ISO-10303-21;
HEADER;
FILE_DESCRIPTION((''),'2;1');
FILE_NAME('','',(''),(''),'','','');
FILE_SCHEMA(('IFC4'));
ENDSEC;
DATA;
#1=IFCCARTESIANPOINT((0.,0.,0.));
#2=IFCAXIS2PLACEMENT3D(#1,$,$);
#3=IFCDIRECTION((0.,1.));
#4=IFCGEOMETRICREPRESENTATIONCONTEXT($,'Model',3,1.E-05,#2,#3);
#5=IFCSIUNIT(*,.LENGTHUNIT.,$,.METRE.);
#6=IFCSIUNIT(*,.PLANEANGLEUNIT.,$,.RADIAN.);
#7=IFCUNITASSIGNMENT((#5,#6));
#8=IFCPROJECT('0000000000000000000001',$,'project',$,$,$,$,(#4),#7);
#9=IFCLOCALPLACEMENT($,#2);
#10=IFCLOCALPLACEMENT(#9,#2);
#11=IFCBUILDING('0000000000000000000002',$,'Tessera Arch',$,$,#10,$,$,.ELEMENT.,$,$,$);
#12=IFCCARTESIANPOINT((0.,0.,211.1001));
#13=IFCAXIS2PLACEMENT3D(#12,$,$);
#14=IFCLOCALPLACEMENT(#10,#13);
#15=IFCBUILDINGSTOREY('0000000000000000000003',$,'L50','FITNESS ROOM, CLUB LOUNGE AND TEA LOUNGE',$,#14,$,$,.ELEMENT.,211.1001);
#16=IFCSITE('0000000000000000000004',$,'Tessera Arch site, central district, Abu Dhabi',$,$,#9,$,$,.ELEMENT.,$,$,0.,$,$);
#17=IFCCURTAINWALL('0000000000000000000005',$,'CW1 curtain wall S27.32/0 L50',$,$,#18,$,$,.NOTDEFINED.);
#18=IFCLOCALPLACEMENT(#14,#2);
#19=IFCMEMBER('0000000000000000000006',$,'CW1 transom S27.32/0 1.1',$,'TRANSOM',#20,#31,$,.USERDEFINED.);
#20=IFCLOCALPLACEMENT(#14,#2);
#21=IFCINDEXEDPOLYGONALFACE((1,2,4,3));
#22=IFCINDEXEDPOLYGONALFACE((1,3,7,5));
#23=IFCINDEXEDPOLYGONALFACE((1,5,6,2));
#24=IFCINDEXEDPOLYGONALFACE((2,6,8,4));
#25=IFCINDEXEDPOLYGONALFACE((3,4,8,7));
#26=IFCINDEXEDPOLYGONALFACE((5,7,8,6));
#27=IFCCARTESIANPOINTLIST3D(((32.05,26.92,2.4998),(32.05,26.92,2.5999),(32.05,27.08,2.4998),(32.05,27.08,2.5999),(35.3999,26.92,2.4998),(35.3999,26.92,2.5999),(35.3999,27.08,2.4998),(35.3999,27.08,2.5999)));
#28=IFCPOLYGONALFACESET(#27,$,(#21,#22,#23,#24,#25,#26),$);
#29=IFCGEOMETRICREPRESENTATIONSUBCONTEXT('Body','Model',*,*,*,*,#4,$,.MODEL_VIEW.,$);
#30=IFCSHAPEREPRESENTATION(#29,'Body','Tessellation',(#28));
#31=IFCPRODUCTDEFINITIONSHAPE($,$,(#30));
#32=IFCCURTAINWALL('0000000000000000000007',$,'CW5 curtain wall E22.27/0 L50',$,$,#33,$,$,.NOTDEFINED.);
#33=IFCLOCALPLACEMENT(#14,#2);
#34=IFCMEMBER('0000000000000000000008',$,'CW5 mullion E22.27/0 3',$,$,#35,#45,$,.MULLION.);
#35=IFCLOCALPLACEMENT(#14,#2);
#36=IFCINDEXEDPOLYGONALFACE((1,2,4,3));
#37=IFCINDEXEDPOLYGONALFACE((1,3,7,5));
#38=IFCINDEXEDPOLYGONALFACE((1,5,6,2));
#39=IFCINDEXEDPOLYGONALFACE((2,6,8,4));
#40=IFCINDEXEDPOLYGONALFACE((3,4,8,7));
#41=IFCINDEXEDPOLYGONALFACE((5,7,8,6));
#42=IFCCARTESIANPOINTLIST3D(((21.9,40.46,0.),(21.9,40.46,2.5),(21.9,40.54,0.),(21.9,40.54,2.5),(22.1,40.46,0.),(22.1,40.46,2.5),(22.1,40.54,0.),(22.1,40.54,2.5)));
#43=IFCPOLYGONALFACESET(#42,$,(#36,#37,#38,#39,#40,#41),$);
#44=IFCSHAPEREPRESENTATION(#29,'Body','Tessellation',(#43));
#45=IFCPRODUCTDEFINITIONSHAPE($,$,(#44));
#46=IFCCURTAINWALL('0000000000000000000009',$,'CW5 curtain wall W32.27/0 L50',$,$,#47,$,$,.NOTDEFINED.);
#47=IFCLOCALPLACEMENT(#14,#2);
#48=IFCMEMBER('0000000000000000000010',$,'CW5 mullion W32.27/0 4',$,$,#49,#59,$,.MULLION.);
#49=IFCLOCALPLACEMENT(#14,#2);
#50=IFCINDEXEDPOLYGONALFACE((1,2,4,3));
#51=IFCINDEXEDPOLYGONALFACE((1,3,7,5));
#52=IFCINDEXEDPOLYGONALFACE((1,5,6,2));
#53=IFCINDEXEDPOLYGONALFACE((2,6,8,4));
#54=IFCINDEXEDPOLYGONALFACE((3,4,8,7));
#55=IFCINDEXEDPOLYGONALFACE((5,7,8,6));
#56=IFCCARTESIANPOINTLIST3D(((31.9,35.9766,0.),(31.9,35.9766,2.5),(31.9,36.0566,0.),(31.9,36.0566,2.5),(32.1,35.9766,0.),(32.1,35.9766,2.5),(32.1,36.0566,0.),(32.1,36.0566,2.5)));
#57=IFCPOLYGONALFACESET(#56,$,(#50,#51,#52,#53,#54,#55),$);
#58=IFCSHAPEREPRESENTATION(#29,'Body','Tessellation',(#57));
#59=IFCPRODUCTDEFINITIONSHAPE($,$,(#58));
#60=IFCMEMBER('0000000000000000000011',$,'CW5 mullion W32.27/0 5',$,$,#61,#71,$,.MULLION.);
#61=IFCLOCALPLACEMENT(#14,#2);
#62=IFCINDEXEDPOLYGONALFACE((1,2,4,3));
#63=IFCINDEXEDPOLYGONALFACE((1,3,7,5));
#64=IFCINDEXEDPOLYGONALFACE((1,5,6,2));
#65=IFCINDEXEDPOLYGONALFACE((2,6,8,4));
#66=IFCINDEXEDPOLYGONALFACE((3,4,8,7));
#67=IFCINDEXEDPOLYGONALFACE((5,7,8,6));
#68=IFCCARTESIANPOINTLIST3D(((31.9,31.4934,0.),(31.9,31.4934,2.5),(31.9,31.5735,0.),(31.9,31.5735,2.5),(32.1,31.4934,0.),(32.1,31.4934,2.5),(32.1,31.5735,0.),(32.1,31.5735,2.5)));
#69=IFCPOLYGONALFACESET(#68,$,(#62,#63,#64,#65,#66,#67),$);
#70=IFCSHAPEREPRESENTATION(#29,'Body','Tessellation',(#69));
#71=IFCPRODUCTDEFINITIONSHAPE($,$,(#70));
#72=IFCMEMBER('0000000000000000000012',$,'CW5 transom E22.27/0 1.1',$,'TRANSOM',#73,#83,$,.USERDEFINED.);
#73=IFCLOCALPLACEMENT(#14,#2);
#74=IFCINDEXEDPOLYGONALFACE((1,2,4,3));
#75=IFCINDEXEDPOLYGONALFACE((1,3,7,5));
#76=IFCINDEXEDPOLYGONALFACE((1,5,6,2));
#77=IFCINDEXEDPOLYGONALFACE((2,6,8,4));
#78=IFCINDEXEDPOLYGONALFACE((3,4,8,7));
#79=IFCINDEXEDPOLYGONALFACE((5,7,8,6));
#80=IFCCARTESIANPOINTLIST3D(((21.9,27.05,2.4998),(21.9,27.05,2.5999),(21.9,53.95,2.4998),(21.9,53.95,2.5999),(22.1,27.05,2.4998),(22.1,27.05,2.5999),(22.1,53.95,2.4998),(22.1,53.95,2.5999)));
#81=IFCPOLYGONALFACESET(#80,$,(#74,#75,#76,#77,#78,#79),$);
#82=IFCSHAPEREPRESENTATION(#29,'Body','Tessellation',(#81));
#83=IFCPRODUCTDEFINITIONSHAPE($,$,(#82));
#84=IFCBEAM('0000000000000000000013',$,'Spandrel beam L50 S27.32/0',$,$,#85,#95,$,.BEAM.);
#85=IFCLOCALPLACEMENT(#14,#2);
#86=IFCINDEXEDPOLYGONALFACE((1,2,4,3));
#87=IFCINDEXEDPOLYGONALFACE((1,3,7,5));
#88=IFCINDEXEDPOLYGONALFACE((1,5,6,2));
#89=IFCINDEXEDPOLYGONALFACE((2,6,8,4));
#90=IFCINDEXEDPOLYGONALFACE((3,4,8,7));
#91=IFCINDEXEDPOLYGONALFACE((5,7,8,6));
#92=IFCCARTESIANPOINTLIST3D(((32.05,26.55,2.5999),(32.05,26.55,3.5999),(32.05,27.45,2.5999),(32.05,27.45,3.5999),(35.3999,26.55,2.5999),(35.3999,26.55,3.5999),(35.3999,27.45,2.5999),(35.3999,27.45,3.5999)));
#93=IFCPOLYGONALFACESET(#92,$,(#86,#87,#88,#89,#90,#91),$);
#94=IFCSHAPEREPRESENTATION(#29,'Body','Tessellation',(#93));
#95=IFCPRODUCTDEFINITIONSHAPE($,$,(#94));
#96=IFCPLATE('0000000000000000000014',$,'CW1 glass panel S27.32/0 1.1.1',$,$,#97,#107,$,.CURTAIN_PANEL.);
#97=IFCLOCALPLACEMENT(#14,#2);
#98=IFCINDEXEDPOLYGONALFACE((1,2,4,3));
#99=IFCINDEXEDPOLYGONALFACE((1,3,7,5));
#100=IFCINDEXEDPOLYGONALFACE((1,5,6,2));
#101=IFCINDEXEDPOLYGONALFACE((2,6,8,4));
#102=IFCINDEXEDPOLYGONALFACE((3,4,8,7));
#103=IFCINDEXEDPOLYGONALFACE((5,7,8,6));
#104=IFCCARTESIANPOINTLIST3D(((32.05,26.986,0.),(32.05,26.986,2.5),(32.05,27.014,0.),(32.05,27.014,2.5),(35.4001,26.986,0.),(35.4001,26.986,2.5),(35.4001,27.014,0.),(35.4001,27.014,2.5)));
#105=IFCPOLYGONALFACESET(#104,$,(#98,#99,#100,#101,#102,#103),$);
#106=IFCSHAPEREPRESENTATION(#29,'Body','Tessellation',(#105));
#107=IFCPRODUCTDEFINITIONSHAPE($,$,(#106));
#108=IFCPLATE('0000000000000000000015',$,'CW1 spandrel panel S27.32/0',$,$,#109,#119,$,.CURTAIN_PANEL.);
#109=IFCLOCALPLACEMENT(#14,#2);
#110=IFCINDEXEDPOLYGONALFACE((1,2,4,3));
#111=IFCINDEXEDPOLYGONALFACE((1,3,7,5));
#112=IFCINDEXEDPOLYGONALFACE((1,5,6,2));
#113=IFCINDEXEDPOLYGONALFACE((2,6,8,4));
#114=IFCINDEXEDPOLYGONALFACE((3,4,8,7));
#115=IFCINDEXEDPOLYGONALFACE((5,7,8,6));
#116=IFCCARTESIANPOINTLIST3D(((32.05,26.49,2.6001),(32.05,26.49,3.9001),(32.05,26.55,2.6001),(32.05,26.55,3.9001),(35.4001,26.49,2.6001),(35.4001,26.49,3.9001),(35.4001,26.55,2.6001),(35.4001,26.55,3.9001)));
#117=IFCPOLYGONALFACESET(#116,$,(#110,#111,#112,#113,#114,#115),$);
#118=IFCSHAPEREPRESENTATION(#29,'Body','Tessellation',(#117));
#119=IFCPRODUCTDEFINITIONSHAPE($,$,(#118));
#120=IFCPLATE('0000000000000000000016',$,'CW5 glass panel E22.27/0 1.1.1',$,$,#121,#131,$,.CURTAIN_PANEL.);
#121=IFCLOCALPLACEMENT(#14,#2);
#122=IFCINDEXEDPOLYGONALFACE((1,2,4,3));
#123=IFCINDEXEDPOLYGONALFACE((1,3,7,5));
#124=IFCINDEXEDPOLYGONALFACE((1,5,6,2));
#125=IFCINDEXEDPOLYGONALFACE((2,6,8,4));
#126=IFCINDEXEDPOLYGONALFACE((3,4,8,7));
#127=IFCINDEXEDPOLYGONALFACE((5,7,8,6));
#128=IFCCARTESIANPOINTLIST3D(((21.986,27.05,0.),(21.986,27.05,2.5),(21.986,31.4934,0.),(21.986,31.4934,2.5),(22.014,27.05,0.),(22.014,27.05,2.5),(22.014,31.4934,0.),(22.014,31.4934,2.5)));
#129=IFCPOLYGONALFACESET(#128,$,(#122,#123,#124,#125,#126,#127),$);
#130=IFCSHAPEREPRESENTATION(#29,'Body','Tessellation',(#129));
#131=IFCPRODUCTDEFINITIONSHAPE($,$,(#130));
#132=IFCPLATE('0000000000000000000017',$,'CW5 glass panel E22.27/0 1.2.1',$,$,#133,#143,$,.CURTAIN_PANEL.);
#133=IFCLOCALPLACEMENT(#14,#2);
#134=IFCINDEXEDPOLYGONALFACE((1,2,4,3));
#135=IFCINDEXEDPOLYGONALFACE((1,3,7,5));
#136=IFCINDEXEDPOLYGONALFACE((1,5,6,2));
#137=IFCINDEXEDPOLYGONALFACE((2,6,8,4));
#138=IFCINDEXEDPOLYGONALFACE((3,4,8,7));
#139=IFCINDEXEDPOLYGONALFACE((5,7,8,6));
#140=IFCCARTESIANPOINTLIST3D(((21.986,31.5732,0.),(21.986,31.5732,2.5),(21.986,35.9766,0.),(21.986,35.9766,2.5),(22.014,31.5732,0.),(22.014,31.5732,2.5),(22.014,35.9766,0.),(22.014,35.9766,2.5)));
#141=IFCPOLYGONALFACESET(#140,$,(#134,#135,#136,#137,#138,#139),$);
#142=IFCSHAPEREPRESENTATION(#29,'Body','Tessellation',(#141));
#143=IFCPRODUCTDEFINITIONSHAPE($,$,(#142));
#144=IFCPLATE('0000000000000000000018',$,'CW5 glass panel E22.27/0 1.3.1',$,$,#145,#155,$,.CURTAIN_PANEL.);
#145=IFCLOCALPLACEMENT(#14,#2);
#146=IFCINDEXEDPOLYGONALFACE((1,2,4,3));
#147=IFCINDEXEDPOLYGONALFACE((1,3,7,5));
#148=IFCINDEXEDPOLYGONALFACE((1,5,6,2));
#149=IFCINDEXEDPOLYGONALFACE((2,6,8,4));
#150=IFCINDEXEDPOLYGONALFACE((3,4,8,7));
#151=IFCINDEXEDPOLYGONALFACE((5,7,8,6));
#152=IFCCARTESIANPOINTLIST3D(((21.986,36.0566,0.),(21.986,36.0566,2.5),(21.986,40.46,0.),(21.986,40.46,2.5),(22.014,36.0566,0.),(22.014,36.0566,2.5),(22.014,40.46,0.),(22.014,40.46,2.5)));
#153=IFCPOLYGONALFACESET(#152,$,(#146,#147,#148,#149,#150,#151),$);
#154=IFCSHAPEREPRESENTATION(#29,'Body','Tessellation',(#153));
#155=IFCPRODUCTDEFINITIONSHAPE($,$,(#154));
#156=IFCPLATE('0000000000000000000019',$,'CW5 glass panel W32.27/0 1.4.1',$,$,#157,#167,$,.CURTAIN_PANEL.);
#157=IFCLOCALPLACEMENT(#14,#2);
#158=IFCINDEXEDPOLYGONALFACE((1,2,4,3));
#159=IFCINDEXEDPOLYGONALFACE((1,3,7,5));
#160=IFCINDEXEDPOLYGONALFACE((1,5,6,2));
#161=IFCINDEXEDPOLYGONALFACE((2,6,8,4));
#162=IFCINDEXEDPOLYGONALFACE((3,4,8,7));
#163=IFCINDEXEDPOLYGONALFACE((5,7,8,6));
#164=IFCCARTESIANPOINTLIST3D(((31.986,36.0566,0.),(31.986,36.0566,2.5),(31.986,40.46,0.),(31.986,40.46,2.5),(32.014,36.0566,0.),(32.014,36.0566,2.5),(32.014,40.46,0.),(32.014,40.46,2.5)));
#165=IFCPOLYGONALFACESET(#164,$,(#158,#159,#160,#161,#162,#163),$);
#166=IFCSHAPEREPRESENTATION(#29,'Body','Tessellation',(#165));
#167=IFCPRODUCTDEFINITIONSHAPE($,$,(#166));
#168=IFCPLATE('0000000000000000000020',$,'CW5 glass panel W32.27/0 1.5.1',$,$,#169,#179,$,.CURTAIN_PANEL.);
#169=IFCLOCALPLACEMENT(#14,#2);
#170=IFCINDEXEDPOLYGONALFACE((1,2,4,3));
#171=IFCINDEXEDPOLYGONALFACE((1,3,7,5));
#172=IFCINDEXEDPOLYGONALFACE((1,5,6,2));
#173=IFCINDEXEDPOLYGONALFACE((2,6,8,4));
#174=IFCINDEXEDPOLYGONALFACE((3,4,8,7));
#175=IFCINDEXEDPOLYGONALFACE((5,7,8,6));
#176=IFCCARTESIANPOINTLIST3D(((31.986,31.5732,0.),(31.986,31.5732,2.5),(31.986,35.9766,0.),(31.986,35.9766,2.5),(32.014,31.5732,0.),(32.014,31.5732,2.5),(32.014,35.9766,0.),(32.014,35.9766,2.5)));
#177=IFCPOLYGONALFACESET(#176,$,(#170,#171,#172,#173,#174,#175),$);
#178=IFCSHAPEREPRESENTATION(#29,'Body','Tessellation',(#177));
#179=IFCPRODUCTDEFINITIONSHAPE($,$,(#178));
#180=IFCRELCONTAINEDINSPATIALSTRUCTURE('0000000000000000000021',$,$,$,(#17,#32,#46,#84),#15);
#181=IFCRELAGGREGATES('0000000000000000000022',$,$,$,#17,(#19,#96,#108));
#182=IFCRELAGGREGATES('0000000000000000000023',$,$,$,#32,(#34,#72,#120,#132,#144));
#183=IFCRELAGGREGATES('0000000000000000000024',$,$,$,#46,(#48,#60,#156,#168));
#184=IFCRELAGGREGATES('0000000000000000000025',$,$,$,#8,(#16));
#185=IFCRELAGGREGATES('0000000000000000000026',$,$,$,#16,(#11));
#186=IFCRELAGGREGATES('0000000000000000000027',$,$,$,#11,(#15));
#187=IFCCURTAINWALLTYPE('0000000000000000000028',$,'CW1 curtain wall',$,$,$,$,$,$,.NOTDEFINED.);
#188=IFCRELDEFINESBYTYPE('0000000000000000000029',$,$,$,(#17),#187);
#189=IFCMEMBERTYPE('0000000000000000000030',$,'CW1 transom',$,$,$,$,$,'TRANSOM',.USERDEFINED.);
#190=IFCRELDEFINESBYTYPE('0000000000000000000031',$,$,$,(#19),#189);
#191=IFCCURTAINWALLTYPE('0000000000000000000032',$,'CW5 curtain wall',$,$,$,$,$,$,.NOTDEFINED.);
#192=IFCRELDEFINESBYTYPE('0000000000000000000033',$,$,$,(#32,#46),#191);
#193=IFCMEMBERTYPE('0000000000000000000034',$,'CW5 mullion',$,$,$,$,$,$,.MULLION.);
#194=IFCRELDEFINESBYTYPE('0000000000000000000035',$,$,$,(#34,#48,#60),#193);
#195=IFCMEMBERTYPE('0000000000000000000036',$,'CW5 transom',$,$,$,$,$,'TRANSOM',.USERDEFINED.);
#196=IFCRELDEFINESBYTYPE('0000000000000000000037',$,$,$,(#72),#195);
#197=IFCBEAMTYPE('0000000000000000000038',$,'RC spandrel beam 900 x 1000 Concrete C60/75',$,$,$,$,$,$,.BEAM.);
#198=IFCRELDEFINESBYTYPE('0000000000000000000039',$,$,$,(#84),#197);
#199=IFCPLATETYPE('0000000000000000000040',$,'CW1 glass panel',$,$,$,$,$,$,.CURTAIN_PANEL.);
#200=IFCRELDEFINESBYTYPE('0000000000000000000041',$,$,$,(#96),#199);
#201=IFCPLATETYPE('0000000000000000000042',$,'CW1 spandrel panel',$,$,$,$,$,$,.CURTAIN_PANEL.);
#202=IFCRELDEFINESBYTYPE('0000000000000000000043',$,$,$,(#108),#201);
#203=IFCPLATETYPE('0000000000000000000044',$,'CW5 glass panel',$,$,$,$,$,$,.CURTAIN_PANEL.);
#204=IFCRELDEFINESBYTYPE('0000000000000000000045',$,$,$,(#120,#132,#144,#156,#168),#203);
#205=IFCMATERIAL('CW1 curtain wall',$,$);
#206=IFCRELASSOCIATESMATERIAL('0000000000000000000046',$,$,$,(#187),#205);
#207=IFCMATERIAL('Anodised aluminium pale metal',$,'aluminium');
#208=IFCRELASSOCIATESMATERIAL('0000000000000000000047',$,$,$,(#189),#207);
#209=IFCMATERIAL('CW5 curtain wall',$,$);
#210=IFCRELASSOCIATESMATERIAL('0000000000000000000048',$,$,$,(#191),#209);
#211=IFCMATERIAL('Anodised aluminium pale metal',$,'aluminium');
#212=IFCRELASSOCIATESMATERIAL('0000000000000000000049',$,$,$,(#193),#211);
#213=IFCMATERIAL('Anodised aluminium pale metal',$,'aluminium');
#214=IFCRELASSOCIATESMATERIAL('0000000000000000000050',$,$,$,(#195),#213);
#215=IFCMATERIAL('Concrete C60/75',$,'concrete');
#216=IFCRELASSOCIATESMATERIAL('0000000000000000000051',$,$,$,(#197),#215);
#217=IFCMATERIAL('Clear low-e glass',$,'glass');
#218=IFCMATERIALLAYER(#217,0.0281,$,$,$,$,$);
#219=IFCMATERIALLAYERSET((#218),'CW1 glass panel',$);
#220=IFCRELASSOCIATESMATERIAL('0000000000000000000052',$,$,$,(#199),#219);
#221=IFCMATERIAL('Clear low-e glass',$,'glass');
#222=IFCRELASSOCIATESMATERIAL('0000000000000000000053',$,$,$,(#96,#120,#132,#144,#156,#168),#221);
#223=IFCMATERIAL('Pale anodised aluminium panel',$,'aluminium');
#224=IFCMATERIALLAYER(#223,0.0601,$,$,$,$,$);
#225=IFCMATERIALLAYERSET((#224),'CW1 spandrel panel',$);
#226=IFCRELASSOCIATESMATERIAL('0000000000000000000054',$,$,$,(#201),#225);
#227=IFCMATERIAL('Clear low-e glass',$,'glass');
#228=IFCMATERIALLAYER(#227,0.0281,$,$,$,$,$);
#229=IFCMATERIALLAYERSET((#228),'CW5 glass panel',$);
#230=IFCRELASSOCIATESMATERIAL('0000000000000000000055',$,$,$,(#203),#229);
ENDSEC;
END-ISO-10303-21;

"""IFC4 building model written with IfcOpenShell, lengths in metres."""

from ifc_helpers import new_model, si_unit, direction, frame, origin, origin_2d, place, context, subcontext, project, spatial, rectangle, extrude, material, layer, layer_set, material_profile, profile_set, type_object, element, aggregate, save


model = new_model("IFC4")

# Units and contexts
model_context = context("Model", 3, precision=1e-05, world=origin(), true_north=direction((0.0, 1.0)))
body_context = subcontext(model_context, "Body", "Model", "MODEL_VIEW")
ifc_project = project(units=[si_unit("LENGTHUNIT", "METRE"), si_unit("PLANEANGLEUNIT", "RADIAN")], contexts=[model_context])

# Site, building, storey
site_placement = place(None, origin())
site = spatial("IfcSite", under=ifc_project, at=site_placement, Name="Tessera Arch site, central district, Abu Dhabi", CompositionType="ELEMENT", RefElevation=0.0)
building_placement = place(site_placement, origin())
building = spatial("IfcBuilding", under=site, at=building_placement, Name="Tessera Arch", CompositionType="ELEMENT")
storey_placement = place(building_placement, frame((0.0, 0.0, 211.1001)))
storey = spatial("IfcBuildingStorey", under=building, at=storey_placement, Name="L50", Description="FITNESS ROOM, CLUB LOUNGE AND TEA LOUNGE", CompositionType="ELEMENT", Elevation=211.1001)

# Curtain walls, members
ifc_material_1 = material(Name="CW1 curtain wall")
curtain_wall_type_1 = type_object("IfcCurtainWallType", Name="CW1 curtain wall", PredefinedType="NOTDEFINED", material=ifc_material_1)
curtain_wall_1_placement = place(storey_placement, origin())
curtain_wall_1 = element("IfcCurtainWall", 1, at=curtain_wall_1_placement, inside=storey, type_object=curtain_wall_type_1, Name="CW1 curtain wall S27.32/0 L50", PredefinedType="NOTDEFINED")
ifc_material_2 = material(Name="Anodised aluminium pale metal", Category="aluminium")
ifc_material_profile_1 = material_profile(ifc_material_2, rectangle(XDim=0.1599, YDim=0.1001, at=origin_2d()), Name="AL 160x100")
ifc_profile_set_1 = profile_set([ifc_material_profile_1], Name="Anodised aluminium pale metal")
member_type_1 = type_object("IfcMemberType", Name="CW1 transom", ElementType="TRANSOM", PredefinedType="USERDEFINED", material=ifc_profile_set_1)
member_1_placement = place(storey_placement, frame((32.05, 27.0, 2.5498), z_axis=(1.0, 0.0, 0.0), x_axis=(0.0, 1.0, 0.0)))
member_1 = element("IfcMember", 2, at=member_1_placement, type_object=member_type_1, Name="CW1 transom S27.32/0 1.1", ObjectType="TRANSOM", PredefinedType="USERDEFINED", context=body_context, shape_type="SweptSolid", body=[
    extrude(rectangle(XDim=0.1599, YDim=0.1001, at=origin_2d()), origin(), (0.0, 0.0, 1.0), 3.3499),
])
ifc_material_3 = material(Name="CW5 curtain wall")
curtain_wall_type_2 = type_object("IfcCurtainWallType", Name="CW5 curtain wall", PredefinedType="NOTDEFINED", material=ifc_material_3)
curtain_wall_2_placement = place(storey_placement, origin())
curtain_wall_2 = element("IfcCurtainWall", 3, at=curtain_wall_2_placement, inside=storey, type_object=curtain_wall_type_2, Name="CW5 curtain wall E22.27/0 L50", PredefinedType="NOTDEFINED")
ifc_material_4 = material(Name="Anodised aluminium pale metal", Category="aluminium")
ifc_material_profile_2 = material_profile(ifc_material_4, rectangle(XDim=0.2, YDim=0.0801, at=origin_2d()), Name="AL 80x200")
ifc_profile_set_2 = profile_set([ifc_material_profile_2], Name="Anodised aluminium pale metal")
member_type_2 = type_object("IfcMemberType", Name="CW5 mullion", PredefinedType="MULLION", material=ifc_profile_set_2)
member_2_placement = place(storey_placement, frame((22.0, 40.5, 0.0), z_axis=(0.0, 0.0, 1.0), x_axis=(-1.0, 0.0, 0.0)))
member_2 = element("IfcMember", 4, at=member_2_placement, type_object=member_type_2, Name="CW5 mullion E22.27/0 3", PredefinedType="MULLION", context=body_context, shape_type="SweptSolid", body=[
    extrude(rectangle(XDim=0.2, YDim=0.0801, at=origin_2d()), origin(), (0.0, 0.0, 1.0), 2.5),
])

# Curtain wall, members
curtain_wall_3_placement = place(storey_placement, origin())
curtain_wall_3 = element("IfcCurtainWall", 5, at=curtain_wall_3_placement, inside=storey, type_object=curtain_wall_type_2, Name="CW5 curtain wall W32.27/0 L50", PredefinedType="NOTDEFINED")
member_3_placement = place(storey_placement, frame((32.0, 36.0166, 0.0), z_axis=(0.0, 0.0, 1.0), x_axis=(1.0, 0.0, 0.0)))
member_3 = element("IfcMember", 6, at=member_3_placement, type_object=member_type_2, Name="CW5 mullion W32.27/0 4", PredefinedType="MULLION", context=body_context, shape_type="SweptSolid", body=[
    extrude(rectangle(XDim=0.2, YDim=0.0801, at=origin_2d()), origin(), (0.0, 0.0, 1.0), 2.5),
])
member_4_placement = place(storey_placement, frame((32.0, 31.5334, 0.0), z_axis=(0.0, 0.0, 1.0), x_axis=(1.0, 0.0, 0.0)))
member_4 = element("IfcMember", 7, at=member_4_placement, type_object=member_type_2, Name="CW5 mullion W32.27/0 5", PredefinedType="MULLION", context=body_context, shape_type="SweptSolid", body=[
    extrude(rectangle(XDim=0.2, YDim=0.0801, at=origin_2d()), origin(), (0.0, 0.0, 1.0), 2.5),
])

# Member
ifc_material_5 = material(Name="Anodised aluminium pale metal", Category="aluminium")
ifc_material_profile_3 = material_profile(ifc_material_5, rectangle(XDim=0.2, YDim=0.1001, at=origin_2d()), Name="AL 200x100")
ifc_profile_set_3 = profile_set([ifc_material_profile_3], Name="Anodised aluminium pale metal")
member_type_3 = type_object("IfcMemberType", Name="CW5 transom", ElementType="TRANSOM", PredefinedType="USERDEFINED", material=ifc_profile_set_3)
member_5_placement = place(storey_placement, frame((22.0, 27.05, 2.5498), z_axis=(0.0, 1.0, 0.0), x_axis=(-1.0, 0.0, 0.0)))
member_5 = element("IfcMember", 8, at=member_5_placement, type_object=member_type_3, Name="CW5 transom E22.27/0 1.1", ObjectType="TRANSOM", PredefinedType="USERDEFINED", context=body_context, shape_type="SweptSolid", body=[
    extrude(rectangle(XDim=0.2, YDim=0.1001, at=origin_2d()), origin(), (0.0, 0.0, 1.0), 26.8999),
])

# Beam
ifc_material_6 = material(Name="Concrete C60/75", Category="concrete")
ifc_material_profile_4 = material_profile(ifc_material_6, rectangle(XDim=0.8999, YDim=1.0, at=origin_2d()), Name="RC spandrel beam 900 x 1000 Concrete C60/75")
ifc_profile_set_4 = profile_set([ifc_material_profile_4], Name="Concrete C60/75")
beam_type = type_object("IfcBeamType", Name="RC spandrel beam 900 x 1000 Concrete C60/75", PredefinedType="BEAM", material=ifc_profile_set_4)
beam_placement = place(storey_placement, frame((32.05, 27.0, 3.0999), z_axis=(1.0, 0.0, 0.0), x_axis=(0.0, 1.0, 0.0)))
element("IfcBeam", 9, at=beam_placement, inside=storey, type_object=beam_type, Name="Spandrel beam L50 S27.32/0", PredefinedType="BEAM", context=body_context, shape_type="SweptSolid", body=[
    extrude(rectangle(XDim=0.8999, YDim=1.0, at=origin_2d()), origin(), (0.0, 0.0, 1.0), 3.3499),
])

# Plates
ifc_material_7 = material(Name="Clear low-e glass", Category="glass")
ifc_material_8 = material(Name="Clear low-e glass", Category="glass")
ifc_layer_1 = layer(ifc_material_8, 0.0281)
ifc_layer_set_1 = layer_set([ifc_layer_1], Name="CW1 glass panel")
plate_type_1 = type_object("IfcPlateType", Name="CW1 glass panel", PredefinedType="CURTAIN_PANEL", material=ifc_layer_set_1)
plate_1_placement = place(storey_placement, frame((33.7251, 27.0, 0.0), z_axis=(0.0, 0.0, 1.0), x_axis=(1.0, 0.0, 0.0)))
plate_1 = element("IfcPlate", 10, at=plate_1_placement, type_object=plate_type_1, material=ifc_material_7, Name="CW1 glass panel S27.32/0 1.1.1", PredefinedType="CURTAIN_PANEL", context=body_context, shape_type="SweptSolid", body=[
    extrude(rectangle(XDim=3.3501, YDim=0.0281, at=origin_2d()), origin(), (0.0, 0.0, 1.0), 2.5),
])
ifc_material_9 = material(Name="Pale anodised aluminium panel", Category="aluminium")
ifc_layer_2 = layer(ifc_material_9, 0.0601)
ifc_layer_set_2 = layer_set([ifc_layer_2], Name="CW1 spandrel panel")
plate_type_2 = type_object("IfcPlateType", Name="CW1 spandrel panel", PredefinedType="CURTAIN_PANEL", material=ifc_layer_set_2)
plate_2_placement = place(storey_placement, frame((33.7251, 26.52, 2.6001), z_axis=(0.0, 0.0, 1.0), x_axis=(1.0, 0.0, 0.0)))
plate_2 = element("IfcPlate", 11, at=plate_2_placement, type_object=plate_type_2, Name="CW1 spandrel panel S27.32/0", PredefinedType="CURTAIN_PANEL", context=body_context, shape_type="SweptSolid", body=[
    extrude(rectangle(XDim=3.3501, YDim=0.0601, at=origin_2d()), origin(), (0.0, 0.0, 1.0), 1.3),
])
aggregate(curtain_wall_1, [member_1, plate_1, plate_2])
ifc_material_10 = material(Name="Clear low-e glass", Category="glass")
ifc_layer_3 = layer(ifc_material_10, 0.0281)
ifc_layer_set_3 = layer_set([ifc_layer_3], Name="CW5 glass panel")
plate_type_3 = type_object("IfcPlateType", Name="CW5 glass panel", PredefinedType="CURTAIN_PANEL", material=ifc_layer_set_3)
plate_3_placement = place(storey_placement, frame((22.0, 29.2717, 0.0), z_axis=(0.0, 0.0, 1.0), x_axis=(0.0, 1.0, 0.0)))
plate_3 = element("IfcPlate", 12, at=plate_3_placement, type_object=plate_type_3, material=ifc_material_7, Name="CW5 glass panel E22.27/0 1.1.1", PredefinedType="CURTAIN_PANEL", context=body_context, shape_type="SweptSolid", body=[
    extrude(rectangle(XDim=4.4434, YDim=0.0281, at=origin_2d()), origin(), (0.0, 0.0, 1.0), 2.5),
])
plate_4_placement = place(storey_placement, frame((22.0, 33.7749, 0.0), z_axis=(0.0, 0.0, 1.0), x_axis=(0.0, 1.0, 0.0)))
plate_4 = element("IfcPlate", 13, at=plate_4_placement, type_object=plate_type_3, material=ifc_material_7, Name="CW5 glass panel E22.27/0 1.2.1", PredefinedType="CURTAIN_PANEL", context=body_context, shape_type="SweptSolid", body=[
    extrude(rectangle(XDim=4.4033, YDim=0.0281, at=origin_2d()), origin(), (0.0, 0.0, 1.0), 2.5),
])
plate_5_placement = place(storey_placement, frame((22.0, 38.2583, 0.0), z_axis=(0.0, 0.0, 1.0), x_axis=(0.0, 1.0, 0.0)))
plate_5 = element("IfcPlate", 14, at=plate_5_placement, type_object=plate_type_3, material=ifc_material_7, Name="CW5 glass panel E22.27/0 1.3.1", PredefinedType="CURTAIN_PANEL", context=body_context, shape_type="SweptSolid", body=[
    extrude(rectangle(XDim=4.4033, YDim=0.0281, at=origin_2d()), origin(), (0.0, 0.0, 1.0), 2.5),
])
aggregate(curtain_wall_2, [member_2, member_5, plate_3, plate_4, plate_5])
plate_6_placement = place(storey_placement, frame((32.0, 38.2583, 0.0), z_axis=(0.0, 0.0, 1.0), x_axis=(0.0, -1.0, 0.0)))
plate_6 = element("IfcPlate", 15, at=plate_6_placement, type_object=plate_type_3, material=ifc_material_7, Name="CW5 glass panel W32.27/0 1.4.1", PredefinedType="CURTAIN_PANEL", context=body_context, shape_type="SweptSolid", body=[
    extrude(rectangle(XDim=4.4033, YDim=0.0281, at=origin_2d()), origin(), (0.0, 0.0, 1.0), 2.5),
])
plate_7_placement = place(storey_placement, frame((32.0, 33.7749, 0.0), z_axis=(0.0, 0.0, 1.0), x_axis=(0.0, -1.0, 0.0)))
plate_7 = element("IfcPlate", 16, at=plate_7_placement, type_object=plate_type_3, material=ifc_material_7, Name="CW5 glass panel W32.27/0 1.5.1", PredefinedType="CURTAIN_PANEL", context=body_context, shape_type="SweptSolid", body=[
    extrude(rectangle(XDim=4.4033, YDim=0.0281, at=origin_2d()), origin(), (0.0, 0.0, 1.0), 2.5),
])
aggregate(curtain_wall_3, [member_3, member_4, plate_6, plate_7])

save(model, "model.ifc")
